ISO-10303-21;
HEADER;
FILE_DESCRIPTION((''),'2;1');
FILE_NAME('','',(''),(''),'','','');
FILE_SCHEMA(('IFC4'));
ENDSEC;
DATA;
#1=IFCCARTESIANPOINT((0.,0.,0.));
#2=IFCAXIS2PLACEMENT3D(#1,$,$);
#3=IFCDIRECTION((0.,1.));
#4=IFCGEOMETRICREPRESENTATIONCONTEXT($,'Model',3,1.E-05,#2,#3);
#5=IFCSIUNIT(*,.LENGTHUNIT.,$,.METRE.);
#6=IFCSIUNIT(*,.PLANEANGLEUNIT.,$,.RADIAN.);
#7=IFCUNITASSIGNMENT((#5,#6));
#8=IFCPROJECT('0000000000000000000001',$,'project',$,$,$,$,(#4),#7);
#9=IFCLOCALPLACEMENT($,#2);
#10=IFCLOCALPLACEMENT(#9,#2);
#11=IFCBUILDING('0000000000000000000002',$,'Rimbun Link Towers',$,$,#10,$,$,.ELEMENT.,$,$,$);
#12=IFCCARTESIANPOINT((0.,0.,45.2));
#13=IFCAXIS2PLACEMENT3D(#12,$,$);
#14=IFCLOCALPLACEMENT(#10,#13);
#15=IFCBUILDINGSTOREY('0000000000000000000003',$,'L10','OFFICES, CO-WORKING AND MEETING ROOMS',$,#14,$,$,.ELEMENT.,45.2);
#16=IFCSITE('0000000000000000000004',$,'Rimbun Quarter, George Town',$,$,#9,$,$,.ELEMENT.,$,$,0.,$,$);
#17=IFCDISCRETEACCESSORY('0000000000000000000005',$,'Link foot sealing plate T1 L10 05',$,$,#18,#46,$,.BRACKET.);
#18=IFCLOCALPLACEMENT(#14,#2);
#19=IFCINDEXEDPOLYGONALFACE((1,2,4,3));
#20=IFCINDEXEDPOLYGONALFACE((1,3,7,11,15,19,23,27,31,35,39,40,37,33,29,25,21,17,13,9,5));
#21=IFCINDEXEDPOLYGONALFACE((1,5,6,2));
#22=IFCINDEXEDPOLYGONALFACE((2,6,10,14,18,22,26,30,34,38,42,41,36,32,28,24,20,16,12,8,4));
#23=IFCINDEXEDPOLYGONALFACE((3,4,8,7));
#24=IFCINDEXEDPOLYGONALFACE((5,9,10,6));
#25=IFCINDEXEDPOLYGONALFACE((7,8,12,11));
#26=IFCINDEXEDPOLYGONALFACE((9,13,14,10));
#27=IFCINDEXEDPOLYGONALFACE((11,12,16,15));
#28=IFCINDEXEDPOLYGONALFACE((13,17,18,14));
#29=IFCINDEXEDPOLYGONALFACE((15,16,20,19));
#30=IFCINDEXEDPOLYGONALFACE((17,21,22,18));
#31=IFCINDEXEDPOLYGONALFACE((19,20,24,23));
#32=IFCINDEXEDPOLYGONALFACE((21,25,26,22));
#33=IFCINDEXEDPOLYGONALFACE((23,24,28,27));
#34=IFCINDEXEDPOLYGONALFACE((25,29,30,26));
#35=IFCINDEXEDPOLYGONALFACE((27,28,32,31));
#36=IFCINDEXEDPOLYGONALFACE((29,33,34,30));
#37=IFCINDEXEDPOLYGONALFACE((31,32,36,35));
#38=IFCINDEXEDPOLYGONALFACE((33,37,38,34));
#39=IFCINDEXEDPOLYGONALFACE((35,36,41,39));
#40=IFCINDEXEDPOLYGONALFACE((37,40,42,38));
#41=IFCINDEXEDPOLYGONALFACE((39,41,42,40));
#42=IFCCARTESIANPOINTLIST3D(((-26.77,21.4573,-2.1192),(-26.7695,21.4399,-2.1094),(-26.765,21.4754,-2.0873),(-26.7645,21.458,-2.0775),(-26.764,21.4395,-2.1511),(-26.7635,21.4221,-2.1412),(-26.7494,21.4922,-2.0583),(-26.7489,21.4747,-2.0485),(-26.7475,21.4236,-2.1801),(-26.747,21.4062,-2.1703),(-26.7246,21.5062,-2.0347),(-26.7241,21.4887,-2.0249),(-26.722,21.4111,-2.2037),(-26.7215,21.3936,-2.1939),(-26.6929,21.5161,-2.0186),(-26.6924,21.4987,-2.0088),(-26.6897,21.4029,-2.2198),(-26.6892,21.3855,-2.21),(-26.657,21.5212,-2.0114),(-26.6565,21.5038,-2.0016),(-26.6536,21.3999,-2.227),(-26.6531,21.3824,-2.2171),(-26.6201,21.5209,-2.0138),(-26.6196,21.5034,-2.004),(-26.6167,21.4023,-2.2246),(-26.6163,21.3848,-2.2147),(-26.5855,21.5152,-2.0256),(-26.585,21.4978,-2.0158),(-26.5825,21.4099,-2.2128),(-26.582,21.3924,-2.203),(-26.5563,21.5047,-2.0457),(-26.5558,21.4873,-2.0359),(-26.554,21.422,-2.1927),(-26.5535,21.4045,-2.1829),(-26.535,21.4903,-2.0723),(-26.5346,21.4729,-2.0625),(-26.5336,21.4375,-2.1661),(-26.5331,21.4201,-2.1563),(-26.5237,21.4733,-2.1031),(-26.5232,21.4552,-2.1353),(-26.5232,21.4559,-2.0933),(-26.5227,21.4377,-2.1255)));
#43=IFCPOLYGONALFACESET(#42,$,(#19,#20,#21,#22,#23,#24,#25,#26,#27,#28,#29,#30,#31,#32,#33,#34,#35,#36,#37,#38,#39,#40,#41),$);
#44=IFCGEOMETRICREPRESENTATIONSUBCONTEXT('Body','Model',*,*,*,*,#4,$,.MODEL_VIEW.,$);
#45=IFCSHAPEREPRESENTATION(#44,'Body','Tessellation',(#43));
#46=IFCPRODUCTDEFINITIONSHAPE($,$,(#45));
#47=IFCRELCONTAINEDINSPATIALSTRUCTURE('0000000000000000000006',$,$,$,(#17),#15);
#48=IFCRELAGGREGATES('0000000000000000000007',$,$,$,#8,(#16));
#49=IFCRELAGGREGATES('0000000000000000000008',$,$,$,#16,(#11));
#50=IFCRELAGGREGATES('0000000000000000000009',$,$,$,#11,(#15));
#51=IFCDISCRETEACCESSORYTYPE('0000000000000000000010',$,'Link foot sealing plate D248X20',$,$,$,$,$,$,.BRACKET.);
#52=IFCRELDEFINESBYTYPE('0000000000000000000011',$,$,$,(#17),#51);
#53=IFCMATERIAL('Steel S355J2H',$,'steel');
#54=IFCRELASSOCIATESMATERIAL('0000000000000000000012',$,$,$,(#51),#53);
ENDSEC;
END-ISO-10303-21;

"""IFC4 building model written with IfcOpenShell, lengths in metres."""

from ifc_helpers import new_model, si_unit, direction, frame, origin, origin_2d, place, context, subcontext, project, spatial, circle, extrude, material, material_profile, profile_set, type_object, element, save


model = new_model("IFC4")

# Units and contexts
model_context = context("Model", 3, precision=1e-05, world=origin(), true_north=direction((0.0, 1.0)))
body_context = subcontext(model_context, "Body", "Model", "MODEL_VIEW")
ifc_project = project(units=[si_unit("LENGTHUNIT", "METRE"), si_unit("PLANEANGLEUNIT", "RADIAN")], contexts=[model_context])

# Site, building, storey
site_placement = place(None, origin())
site = spatial("IfcSite", under=ifc_project, at=site_placement, Name="Rimbun Quarter, George Town", CompositionType="ELEMENT", RefElevation=0.0)
building_placement = place(site_placement, origin())
building = spatial("IfcBuilding", under=site, at=building_placement, Name="Rimbun Link Towers", CompositionType="ELEMENT")
storey_placement = place(building_placement, frame((0.0, 0.0, 45.2)))
storey = spatial("IfcBuildingStorey", under=building, at=storey_placement, Name="L10", Description="OFFICES, CO-WORKING AND MEETING ROOMS", CompositionType="ELEMENT", Elevation=45.2)

# Discrete accessory
ifc_material_1 = material(Name="Steel S355J2H", Category="steel")
ifc_material_profile_1 = material_profile(ifc_material_1, circle(Radius=0.124, at=origin_2d()), Name="PL D248")
ifc_profile_set_1 = profile_set([ifc_material_profile_1], Name="Steel S355J2H")
discrete_accessory_type = type_object("IfcDiscreteAccessoryType", Name="Link foot sealing plate D248X20", PredefinedType="BRACKET", material=ifc_profile_set_1)
discrete_accessory_placement = place(storey_placement, frame((-26.6455, 21.4434, -2.1094), z_axis=(-0.024535, 0.870985, -0.490696), x_axis=(-0.999603, -0.028158, 0.0)))
element("IfcDiscreteAccessory", 1, at=discrete_accessory_placement, inside=storey, type_object=discrete_accessory_type, Name="Link foot sealing plate T1 L10 05", PredefinedType="BRACKET", context=body_context, shape_type="SweptSolid", body=[
    extrude(circle(Radius=0.124, at=origin_2d()), origin(), (0.0, 0.0, 1.0), 0.02),
])

save(model, "model.ifc")
